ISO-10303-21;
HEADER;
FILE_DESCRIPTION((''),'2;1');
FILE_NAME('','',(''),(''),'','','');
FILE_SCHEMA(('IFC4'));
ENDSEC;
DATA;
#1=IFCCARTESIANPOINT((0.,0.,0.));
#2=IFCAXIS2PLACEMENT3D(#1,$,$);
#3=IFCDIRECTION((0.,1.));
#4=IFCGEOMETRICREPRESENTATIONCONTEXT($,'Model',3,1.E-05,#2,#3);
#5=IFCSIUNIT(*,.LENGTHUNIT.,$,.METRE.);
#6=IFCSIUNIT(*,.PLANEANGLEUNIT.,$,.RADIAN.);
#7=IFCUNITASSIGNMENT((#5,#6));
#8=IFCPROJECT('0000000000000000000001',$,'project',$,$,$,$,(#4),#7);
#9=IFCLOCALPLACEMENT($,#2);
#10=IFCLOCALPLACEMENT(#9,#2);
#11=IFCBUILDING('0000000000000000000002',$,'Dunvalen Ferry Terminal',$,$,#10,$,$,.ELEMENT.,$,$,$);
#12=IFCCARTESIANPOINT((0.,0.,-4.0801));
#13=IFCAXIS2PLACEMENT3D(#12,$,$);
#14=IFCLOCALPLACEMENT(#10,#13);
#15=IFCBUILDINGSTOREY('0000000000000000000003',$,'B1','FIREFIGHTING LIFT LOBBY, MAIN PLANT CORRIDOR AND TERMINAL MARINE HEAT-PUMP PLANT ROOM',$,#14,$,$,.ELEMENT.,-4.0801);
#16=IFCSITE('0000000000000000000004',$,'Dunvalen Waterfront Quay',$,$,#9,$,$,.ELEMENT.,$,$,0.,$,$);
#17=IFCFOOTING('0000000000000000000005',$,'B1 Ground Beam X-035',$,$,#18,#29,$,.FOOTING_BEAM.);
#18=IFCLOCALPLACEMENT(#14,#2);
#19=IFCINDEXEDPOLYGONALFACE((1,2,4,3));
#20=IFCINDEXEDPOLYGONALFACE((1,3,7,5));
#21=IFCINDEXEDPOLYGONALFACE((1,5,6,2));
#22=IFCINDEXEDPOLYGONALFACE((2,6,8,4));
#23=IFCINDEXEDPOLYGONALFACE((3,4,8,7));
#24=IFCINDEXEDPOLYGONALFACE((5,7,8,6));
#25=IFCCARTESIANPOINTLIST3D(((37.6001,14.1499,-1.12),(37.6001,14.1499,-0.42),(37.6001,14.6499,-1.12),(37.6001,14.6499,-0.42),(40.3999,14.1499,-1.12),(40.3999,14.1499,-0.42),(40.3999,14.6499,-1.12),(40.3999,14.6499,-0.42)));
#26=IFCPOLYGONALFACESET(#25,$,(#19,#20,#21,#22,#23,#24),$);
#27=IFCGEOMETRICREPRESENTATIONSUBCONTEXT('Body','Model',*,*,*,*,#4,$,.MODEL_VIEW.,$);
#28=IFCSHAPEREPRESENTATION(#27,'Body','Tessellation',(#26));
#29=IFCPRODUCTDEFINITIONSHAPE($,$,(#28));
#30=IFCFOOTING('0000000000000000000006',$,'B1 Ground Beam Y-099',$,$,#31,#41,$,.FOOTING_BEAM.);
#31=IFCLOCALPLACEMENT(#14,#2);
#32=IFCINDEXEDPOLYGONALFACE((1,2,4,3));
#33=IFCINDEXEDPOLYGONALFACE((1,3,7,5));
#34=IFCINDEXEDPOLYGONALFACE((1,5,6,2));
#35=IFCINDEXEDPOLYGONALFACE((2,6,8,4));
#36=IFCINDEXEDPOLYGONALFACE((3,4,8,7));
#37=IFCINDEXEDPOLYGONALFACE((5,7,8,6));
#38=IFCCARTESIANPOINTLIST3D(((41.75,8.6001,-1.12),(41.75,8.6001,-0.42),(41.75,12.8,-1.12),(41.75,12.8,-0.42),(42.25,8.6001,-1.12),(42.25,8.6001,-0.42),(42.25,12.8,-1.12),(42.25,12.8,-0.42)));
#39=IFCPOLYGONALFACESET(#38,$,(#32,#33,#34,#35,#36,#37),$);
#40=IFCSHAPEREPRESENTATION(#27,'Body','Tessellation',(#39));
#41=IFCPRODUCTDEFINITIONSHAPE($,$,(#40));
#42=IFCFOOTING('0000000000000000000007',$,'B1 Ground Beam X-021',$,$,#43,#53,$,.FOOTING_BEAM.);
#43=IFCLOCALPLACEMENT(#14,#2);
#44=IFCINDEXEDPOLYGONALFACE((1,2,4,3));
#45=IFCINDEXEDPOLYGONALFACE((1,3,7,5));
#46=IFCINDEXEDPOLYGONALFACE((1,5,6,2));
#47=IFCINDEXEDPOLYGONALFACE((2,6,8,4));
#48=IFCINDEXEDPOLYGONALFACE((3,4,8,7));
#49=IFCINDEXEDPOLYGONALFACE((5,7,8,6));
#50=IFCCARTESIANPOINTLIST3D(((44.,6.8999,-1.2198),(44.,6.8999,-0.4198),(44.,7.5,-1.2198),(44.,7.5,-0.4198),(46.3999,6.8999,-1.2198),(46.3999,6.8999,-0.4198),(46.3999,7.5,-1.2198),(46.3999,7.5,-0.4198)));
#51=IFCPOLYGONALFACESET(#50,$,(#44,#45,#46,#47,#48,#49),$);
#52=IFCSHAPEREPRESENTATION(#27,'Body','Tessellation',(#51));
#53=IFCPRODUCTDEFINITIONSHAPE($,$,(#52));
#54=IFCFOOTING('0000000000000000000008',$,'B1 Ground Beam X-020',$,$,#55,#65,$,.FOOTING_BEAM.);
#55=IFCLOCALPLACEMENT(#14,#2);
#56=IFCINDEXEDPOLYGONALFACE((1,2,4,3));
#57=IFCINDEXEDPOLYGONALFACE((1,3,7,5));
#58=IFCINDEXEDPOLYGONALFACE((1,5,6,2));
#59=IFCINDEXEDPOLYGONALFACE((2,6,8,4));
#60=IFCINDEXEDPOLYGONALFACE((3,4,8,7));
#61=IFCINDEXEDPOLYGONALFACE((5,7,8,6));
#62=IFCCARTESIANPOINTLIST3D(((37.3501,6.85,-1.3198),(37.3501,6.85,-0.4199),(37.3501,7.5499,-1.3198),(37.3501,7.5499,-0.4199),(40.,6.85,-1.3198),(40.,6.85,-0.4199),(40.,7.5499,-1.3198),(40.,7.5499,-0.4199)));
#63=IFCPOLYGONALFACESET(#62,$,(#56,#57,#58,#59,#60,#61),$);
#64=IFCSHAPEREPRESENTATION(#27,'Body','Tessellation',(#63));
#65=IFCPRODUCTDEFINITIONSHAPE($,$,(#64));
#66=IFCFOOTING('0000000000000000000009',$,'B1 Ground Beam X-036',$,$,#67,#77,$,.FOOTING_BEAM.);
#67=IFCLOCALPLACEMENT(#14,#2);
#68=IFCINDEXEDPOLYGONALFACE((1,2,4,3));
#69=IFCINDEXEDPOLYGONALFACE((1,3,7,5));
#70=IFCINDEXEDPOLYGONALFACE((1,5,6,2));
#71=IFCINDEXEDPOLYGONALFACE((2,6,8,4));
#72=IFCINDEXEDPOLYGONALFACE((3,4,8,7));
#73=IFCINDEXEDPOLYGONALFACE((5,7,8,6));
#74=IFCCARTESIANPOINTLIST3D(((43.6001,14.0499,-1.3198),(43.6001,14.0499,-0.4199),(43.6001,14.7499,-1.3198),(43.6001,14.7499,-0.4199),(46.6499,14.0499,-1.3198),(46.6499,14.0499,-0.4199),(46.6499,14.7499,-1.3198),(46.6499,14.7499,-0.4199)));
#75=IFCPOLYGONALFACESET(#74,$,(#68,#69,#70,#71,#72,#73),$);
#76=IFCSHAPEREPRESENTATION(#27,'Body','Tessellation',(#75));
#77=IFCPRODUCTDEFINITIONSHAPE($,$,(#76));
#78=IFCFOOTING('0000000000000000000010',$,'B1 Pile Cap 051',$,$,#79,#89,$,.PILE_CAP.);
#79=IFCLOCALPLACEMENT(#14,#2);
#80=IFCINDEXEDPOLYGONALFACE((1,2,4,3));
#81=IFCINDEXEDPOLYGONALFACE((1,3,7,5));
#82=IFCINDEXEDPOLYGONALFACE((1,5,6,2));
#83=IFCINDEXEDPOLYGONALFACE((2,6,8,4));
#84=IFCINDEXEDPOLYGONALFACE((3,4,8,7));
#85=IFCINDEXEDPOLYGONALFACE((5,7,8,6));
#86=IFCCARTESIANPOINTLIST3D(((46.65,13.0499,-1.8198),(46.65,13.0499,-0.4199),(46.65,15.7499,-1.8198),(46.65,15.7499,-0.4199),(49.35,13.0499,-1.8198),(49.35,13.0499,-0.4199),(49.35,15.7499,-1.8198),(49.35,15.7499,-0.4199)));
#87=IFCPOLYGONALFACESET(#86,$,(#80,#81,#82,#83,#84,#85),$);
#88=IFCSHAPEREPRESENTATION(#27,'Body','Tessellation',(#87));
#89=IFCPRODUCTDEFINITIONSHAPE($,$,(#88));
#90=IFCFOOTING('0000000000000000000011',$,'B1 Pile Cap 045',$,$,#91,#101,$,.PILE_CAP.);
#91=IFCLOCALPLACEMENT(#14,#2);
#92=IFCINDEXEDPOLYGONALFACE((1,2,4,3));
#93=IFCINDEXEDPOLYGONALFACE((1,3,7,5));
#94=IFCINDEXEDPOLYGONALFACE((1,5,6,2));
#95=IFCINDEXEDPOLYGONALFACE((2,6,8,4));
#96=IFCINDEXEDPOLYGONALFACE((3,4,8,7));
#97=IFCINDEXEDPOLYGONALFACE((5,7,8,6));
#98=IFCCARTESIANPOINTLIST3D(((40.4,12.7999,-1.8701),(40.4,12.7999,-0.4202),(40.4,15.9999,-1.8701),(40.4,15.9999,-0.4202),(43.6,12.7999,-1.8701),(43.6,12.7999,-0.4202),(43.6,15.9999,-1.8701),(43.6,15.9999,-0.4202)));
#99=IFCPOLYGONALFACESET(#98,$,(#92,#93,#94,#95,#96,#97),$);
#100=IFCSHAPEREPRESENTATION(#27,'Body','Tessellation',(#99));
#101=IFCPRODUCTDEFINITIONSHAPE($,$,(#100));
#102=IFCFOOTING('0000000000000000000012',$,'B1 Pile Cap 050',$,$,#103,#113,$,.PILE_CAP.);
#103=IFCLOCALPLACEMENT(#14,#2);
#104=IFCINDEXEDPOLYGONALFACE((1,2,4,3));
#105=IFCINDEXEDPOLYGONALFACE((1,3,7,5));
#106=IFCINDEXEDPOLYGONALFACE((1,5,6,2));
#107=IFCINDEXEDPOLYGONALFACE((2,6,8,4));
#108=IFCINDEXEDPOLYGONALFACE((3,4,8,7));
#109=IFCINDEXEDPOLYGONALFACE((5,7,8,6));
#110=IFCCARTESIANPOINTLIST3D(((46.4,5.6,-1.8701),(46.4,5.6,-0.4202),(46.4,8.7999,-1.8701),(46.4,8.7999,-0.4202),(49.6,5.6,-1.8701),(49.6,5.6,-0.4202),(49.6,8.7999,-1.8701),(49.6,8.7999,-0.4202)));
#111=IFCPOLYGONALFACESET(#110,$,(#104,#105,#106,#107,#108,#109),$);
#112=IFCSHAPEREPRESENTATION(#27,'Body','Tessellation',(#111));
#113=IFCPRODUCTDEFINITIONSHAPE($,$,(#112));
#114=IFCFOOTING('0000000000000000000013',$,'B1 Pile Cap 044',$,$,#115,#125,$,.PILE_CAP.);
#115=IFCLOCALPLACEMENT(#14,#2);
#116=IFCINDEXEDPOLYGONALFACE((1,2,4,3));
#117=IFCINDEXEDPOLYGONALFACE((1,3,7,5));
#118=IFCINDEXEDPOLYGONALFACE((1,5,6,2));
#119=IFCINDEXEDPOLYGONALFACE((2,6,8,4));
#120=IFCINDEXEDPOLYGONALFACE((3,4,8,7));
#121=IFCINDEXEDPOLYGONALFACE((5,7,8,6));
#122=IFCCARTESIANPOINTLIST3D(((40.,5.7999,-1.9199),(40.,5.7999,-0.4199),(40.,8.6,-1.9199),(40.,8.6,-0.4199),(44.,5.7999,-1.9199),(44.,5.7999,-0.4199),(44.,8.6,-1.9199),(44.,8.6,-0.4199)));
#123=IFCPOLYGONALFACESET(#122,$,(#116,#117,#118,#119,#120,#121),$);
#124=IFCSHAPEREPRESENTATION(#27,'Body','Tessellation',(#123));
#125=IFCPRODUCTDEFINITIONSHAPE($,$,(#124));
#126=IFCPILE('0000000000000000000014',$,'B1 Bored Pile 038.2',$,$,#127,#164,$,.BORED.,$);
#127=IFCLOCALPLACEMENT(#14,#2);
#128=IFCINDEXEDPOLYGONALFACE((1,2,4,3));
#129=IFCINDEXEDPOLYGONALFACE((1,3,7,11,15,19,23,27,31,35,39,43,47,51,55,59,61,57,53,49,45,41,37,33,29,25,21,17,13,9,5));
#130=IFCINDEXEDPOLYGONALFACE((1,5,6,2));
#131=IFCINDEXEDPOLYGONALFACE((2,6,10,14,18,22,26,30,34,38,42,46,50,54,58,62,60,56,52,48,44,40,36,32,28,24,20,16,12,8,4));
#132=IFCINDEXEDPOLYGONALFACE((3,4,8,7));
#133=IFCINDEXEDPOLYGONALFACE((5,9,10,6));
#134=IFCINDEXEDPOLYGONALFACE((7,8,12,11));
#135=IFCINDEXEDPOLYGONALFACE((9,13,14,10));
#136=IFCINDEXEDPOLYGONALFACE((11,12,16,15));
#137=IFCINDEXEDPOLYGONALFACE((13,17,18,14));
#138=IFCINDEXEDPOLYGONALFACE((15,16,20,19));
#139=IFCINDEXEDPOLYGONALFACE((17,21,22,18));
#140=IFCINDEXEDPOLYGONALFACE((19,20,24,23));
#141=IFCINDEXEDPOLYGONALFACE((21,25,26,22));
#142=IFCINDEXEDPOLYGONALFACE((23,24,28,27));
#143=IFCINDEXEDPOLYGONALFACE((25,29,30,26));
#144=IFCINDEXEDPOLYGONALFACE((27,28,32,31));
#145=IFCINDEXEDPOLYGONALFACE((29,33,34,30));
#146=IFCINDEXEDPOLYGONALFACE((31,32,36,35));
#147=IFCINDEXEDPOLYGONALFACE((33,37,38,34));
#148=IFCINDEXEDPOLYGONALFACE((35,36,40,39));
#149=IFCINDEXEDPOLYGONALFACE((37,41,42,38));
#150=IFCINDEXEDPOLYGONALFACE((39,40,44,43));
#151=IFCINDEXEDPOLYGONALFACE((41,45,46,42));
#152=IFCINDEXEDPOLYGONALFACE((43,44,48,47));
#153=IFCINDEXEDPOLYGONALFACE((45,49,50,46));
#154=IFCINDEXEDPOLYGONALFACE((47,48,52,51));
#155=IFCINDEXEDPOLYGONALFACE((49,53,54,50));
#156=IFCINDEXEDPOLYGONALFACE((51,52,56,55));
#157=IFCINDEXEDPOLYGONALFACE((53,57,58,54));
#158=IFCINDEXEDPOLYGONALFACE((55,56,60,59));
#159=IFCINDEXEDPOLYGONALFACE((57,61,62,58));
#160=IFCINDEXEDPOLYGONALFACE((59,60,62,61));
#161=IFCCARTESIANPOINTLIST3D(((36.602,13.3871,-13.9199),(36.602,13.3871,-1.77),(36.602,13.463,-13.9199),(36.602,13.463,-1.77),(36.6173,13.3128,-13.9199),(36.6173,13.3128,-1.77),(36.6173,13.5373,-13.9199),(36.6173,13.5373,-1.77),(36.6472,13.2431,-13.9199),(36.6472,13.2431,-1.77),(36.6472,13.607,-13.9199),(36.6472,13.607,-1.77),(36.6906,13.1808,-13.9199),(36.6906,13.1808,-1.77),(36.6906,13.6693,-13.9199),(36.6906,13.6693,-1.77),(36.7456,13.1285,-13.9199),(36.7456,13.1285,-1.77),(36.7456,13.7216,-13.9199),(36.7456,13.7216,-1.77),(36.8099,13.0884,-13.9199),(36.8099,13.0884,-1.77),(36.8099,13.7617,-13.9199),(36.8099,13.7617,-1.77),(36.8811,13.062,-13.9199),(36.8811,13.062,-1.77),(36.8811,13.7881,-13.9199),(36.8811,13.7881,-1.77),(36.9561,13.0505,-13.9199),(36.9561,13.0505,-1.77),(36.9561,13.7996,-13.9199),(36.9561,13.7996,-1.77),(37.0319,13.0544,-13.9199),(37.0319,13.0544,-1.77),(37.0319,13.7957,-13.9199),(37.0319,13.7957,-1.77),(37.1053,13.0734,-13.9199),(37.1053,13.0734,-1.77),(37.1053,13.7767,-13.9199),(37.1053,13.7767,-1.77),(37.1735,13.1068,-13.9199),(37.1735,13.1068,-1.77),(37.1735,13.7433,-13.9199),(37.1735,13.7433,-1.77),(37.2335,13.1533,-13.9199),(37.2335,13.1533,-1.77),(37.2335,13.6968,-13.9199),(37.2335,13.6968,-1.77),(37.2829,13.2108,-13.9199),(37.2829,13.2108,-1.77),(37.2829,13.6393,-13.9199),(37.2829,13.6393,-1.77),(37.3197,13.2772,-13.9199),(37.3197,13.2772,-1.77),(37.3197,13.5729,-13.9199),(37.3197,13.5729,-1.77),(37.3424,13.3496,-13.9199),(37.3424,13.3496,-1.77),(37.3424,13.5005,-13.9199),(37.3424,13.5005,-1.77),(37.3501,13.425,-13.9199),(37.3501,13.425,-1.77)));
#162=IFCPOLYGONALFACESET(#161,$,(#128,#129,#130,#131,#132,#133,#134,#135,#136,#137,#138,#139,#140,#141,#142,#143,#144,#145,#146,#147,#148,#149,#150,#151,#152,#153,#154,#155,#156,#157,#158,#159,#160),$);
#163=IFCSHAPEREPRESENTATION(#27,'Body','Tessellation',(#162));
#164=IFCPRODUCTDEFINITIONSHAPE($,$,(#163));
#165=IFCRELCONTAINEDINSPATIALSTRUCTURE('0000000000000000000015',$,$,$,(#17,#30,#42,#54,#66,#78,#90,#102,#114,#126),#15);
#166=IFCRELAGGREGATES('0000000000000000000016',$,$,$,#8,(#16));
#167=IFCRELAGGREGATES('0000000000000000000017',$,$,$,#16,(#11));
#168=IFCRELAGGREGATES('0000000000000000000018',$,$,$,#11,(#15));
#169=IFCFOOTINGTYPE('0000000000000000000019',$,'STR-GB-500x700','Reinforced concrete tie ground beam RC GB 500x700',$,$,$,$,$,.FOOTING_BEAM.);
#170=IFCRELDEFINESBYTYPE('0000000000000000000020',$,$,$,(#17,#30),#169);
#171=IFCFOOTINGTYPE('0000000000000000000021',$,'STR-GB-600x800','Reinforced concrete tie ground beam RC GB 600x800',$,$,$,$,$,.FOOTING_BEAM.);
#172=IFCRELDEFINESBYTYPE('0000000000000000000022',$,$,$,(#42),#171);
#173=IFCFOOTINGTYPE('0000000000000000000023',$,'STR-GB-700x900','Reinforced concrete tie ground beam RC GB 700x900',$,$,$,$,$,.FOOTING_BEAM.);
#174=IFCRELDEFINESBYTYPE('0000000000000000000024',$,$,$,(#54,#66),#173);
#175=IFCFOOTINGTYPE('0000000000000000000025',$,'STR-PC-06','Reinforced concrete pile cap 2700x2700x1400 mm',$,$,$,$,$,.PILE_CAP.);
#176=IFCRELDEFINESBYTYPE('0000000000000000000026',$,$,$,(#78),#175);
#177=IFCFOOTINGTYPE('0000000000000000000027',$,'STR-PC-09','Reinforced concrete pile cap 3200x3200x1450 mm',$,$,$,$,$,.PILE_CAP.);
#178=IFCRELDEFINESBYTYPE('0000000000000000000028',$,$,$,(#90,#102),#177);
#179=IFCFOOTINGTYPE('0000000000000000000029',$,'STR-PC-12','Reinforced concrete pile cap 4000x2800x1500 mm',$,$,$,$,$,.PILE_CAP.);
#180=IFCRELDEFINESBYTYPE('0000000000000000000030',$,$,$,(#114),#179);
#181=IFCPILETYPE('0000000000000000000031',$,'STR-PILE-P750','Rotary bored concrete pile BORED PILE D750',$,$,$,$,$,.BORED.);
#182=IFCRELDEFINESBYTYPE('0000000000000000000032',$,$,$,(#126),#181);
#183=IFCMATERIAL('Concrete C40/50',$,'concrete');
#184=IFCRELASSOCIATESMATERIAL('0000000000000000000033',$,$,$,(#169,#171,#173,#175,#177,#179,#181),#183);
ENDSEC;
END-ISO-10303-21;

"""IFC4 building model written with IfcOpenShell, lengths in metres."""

from ifc_helpers import new_model, si_unit, direction, frame, origin, origin_2d, place, context, subcontext, project, spatial, rectangle, circle, extrude, material, material_profile, profile_set, type_object, element, save


model = new_model("IFC4")

# Units and contexts
model_context = context("Model", 3, precision=1e-05, world=origin(), true_north=direction((0.0, 1.0)))
body_context = subcontext(model_context, "Body", "Model", "MODEL_VIEW")
ifc_project = project(units=[si_unit("LENGTHUNIT", "METRE"), si_unit("PLANEANGLEUNIT", "RADIAN")], contexts=[model_context])

# Site, building, storey
site_placement = place(None, origin())
site = spatial("IfcSite", under=ifc_project, at=site_placement, Name="Dunvalen Waterfront Quay", CompositionType="ELEMENT", RefElevation=0.0)
building_placement = place(site_placement, origin())
building = spatial("IfcBuilding", under=site, at=building_placement, Name="Dunvalen Ferry Terminal", CompositionType="ELEMENT")
storey_placement = place(building_placement, frame((0.0, 0.0, -4.0801)))
storey = spatial("IfcBuildingStorey", under=building, at=storey_placement, Name="B1", Description="FIREFIGHTING LIFT LOBBY, MAIN PLANT CORRIDOR AND TERMINAL MARINE HEAT-PUMP PLANT ROOM", CompositionType="ELEMENT", Elevation=-4.0801)

# Footings
ifc_material_1 = material(Name="Concrete C40/50", Category="concrete")
ifc_material_profile_1 = material_profile(ifc_material_1, rectangle(XDim=0.5, YDim=0.7, at=origin_2d()), Name="Concrete C40/50")
ifc_profile_set_1 = profile_set([ifc_material_profile_1], Name="Concrete C40/50")
footing_type_1 = type_object("IfcFootingType", Name="STR-GB-500x700", Description="Reinforced concrete tie ground beam RC GB 500x700", PredefinedType="FOOTING_BEAM", material=ifc_profile_set_1)
footing_1_placement = place(storey_placement, frame((37.6001, 14.3999, -0.77), z_axis=(1.0, 0.0, 0.0), x_axis=(0.0, 1.0, 0.0)))
element("IfcFooting", 1, at=footing_1_placement, inside=storey, type_object=footing_type_1, Name="B1 Ground Beam X-035", PredefinedType="FOOTING_BEAM", context=body_context, shape_type="SweptSolid", body=[
    extrude(rectangle(XDim=0.5, YDim=0.7, at=origin_2d()), origin(), (0.0, 0.0, 1.0), 2.7998),
])
footing_2_placement = place(storey_placement, frame((42.0, 8.6001, -0.77), z_axis=(0.0, 1.0, 0.0), x_axis=(-1.0, 0.0, 0.0)))
element("IfcFooting", 2, at=footing_2_placement, inside=storey, type_object=footing_type_1, Name="B1 Ground Beam Y-099", PredefinedType="FOOTING_BEAM", context=body_context, shape_type="SweptSolid", body=[
    extrude(rectangle(XDim=0.5, YDim=0.7, at=origin_2d()), origin(), (0.0, 0.0, 1.0), 4.2),
])
ifc_material_profile_2 = material_profile(ifc_material_1, rectangle(XDim=0.6001, YDim=0.8, at=origin_2d()), Name="Concrete C40/50")
ifc_profile_set_2 = profile_set([ifc_material_profile_2], Name="Concrete C40/50")
footing_type_2 = type_object("IfcFootingType", Name="STR-GB-600x800", Description="Reinforced concrete tie ground beam RC GB 600x800", PredefinedType="FOOTING_BEAM", material=ifc_profile_set_2)
footing_3_placement = place(storey_placement, frame((44.0, 7.2, -0.8198), z_axis=(1.0, 0.0, 0.0), x_axis=(0.0, 1.0, 0.0)))
element("IfcFooting", 3, at=footing_3_placement, inside=storey, type_object=footing_type_2, Name="B1 Ground Beam X-021", PredefinedType="FOOTING_BEAM", context=body_context, shape_type="SweptSolid", body=[
    extrude(rectangle(XDim=0.6001, YDim=0.8, at=origin_2d()), origin(), (0.0, 0.0, 1.0), 2.3999),
])
ifc_material_profile_3 = material_profile(ifc_material_1, rectangle(XDim=0.7, YDim=0.8999, at=origin_2d()), Name="Concrete C40/50")
ifc_profile_set_3 = profile_set([ifc_material_profile_3], Name="Concrete C40/50")
footing_type_3 = type_object("IfcFootingType", Name="STR-GB-700x900", Description="Reinforced concrete tie ground beam RC GB 700x900", PredefinedType="FOOTING_BEAM", material=ifc_profile_set_3)
footing_4_placement = place(storey_placement, frame((37.3501, 7.2, -0.8699), z_axis=(1.0, 0.0, 0.0), x_axis=(0.0, 1.0, 0.0)))
element("IfcFooting", 4, at=footing_4_placement, inside=storey, type_object=footing_type_3, Name="B1 Ground Beam X-020", PredefinedType="FOOTING_BEAM", context=body_context, shape_type="SweptSolid", body=[
    extrude(rectangle(XDim=0.7, YDim=0.8999, at=origin_2d()), origin(), (0.0, 0.0, 1.0), 2.6499),
])
footing_5_placement = place(storey_placement, frame((43.6001, 14.3999, -0.8699), z_axis=(1.0, 0.0, 0.0), x_axis=(0.0, 1.0, 0.0)))
element("IfcFooting", 5, at=footing_5_placement, inside=storey, type_object=footing_type_3, Name="B1 Ground Beam X-036", PredefinedType="FOOTING_BEAM", context=body_context, shape_type="SweptSolid", body=[
    extrude(rectangle(XDim=0.7, YDim=0.8999, at=origin_2d()), origin(), (0.0, 0.0, 1.0), 3.0498),
])
footing_type_4 = type_object("IfcFootingType", Name="STR-PC-06", Description="Reinforced concrete pile cap 2700x2700x1400 mm", PredefinedType="PILE_CAP", material=ifc_material_1)
footing_6_placement = place(storey_placement, frame((48.0, 14.3999, -1.8198), z_axis=(0.0, 0.0, 1.0), x_axis=(1.0, 0.0, 0.0)))
element("IfcFooting", 6, at=footing_6_placement, inside=storey, type_object=footing_type_4, Name="B1 Pile Cap 051", PredefinedType="PILE_CAP", context=body_context, shape_type="SweptSolid", body=[
    extrude(rectangle(XDim=2.7, YDim=2.7, at=origin_2d()), origin(), (0.0, 0.0, 1.0), 1.3999),
])
footing_type_5 = type_object("IfcFootingType", Name="STR-PC-09", Description="Reinforced concrete pile cap 3200x3200x1450 mm", PredefinedType="PILE_CAP", material=ifc_material_1)
for number, where, z_axis, x_axis, name in (
    (7, (42.0, 14.3999, -1.8701), (0.0, 0.0, 1.0), (1.0, 0.0, 0.0), "B1 Pile Cap 045"),
    (8, (48.0, 7.2, -1.8701), (0.0, 0.0, 1.0), (1.0, 0.0, 0.0), "B1 Pile Cap 050"),
):
    element("IfcFooting", number, at=place(storey_placement, frame(where, z_axis=z_axis, x_axis=x_axis)), inside=storey, type_object=footing_type_5, Name=name, PredefinedType="PILE_CAP", context=body_context, shape_type="SweptSolid", body=[
        extrude(rectangle(XDim=3.2, YDim=3.2, at=origin_2d()), origin(), (0.0, 0.0, 1.0), 1.45),
    ])
footing_type_6 = type_object("IfcFootingType", Name="STR-PC-12", Description="Reinforced concrete pile cap 4000x2800x1500 mm", PredefinedType="PILE_CAP", material=ifc_material_1)
footing_7_placement = place(storey_placement, frame((42.0, 7.2, -1.9199), z_axis=(0.0, 0.0, 1.0), x_axis=(1.0, 0.0, 0.0)))
element("IfcFooting", 9, at=footing_7_placement, inside=storey, type_object=footing_type_6, Name="B1 Pile Cap 044", PredefinedType="PILE_CAP", context=body_context, shape_type="SweptSolid", body=[
    extrude(rectangle(XDim=4.0, YDim=2.8, at=origin_2d()), origin(), (0.0, 0.0, 1.0), 1.5),
])

# Pile
ifc_material_profile_4 = material_profile(ifc_material_1, circle(Radius=0.375, at=origin_2d()), Name="Concrete C40/50")
ifc_profile_set_4 = profile_set([ifc_material_profile_4], Name="Concrete C40/50")
pile_type_1 = type_object("IfcPileType", Name="STR-PILE-P750", Description="Rotary bored concrete pile BORED PILE D750", PredefinedType="BORED", material=ifc_profile_set_4)
pile_1_placement = place(storey_placement, frame((36.9751, 13.425, -1.77), z_axis=(0.0, 0.0, -1.0), x_axis=(1.0, 0.0, 0.0)))
element("IfcPile", 10, at=pile_1_placement, inside=storey, type_object=pile_type_1, Name="B1 Bored Pile 038.2", PredefinedType="BORED", context=body_context, shape_type="SweptSolid", body=[
    extrude(circle(Radius=0.375, at=origin_2d()), origin(), (0.0, 0.0, 1.0), 12.1499),
])

save(model, "model.ifc")
